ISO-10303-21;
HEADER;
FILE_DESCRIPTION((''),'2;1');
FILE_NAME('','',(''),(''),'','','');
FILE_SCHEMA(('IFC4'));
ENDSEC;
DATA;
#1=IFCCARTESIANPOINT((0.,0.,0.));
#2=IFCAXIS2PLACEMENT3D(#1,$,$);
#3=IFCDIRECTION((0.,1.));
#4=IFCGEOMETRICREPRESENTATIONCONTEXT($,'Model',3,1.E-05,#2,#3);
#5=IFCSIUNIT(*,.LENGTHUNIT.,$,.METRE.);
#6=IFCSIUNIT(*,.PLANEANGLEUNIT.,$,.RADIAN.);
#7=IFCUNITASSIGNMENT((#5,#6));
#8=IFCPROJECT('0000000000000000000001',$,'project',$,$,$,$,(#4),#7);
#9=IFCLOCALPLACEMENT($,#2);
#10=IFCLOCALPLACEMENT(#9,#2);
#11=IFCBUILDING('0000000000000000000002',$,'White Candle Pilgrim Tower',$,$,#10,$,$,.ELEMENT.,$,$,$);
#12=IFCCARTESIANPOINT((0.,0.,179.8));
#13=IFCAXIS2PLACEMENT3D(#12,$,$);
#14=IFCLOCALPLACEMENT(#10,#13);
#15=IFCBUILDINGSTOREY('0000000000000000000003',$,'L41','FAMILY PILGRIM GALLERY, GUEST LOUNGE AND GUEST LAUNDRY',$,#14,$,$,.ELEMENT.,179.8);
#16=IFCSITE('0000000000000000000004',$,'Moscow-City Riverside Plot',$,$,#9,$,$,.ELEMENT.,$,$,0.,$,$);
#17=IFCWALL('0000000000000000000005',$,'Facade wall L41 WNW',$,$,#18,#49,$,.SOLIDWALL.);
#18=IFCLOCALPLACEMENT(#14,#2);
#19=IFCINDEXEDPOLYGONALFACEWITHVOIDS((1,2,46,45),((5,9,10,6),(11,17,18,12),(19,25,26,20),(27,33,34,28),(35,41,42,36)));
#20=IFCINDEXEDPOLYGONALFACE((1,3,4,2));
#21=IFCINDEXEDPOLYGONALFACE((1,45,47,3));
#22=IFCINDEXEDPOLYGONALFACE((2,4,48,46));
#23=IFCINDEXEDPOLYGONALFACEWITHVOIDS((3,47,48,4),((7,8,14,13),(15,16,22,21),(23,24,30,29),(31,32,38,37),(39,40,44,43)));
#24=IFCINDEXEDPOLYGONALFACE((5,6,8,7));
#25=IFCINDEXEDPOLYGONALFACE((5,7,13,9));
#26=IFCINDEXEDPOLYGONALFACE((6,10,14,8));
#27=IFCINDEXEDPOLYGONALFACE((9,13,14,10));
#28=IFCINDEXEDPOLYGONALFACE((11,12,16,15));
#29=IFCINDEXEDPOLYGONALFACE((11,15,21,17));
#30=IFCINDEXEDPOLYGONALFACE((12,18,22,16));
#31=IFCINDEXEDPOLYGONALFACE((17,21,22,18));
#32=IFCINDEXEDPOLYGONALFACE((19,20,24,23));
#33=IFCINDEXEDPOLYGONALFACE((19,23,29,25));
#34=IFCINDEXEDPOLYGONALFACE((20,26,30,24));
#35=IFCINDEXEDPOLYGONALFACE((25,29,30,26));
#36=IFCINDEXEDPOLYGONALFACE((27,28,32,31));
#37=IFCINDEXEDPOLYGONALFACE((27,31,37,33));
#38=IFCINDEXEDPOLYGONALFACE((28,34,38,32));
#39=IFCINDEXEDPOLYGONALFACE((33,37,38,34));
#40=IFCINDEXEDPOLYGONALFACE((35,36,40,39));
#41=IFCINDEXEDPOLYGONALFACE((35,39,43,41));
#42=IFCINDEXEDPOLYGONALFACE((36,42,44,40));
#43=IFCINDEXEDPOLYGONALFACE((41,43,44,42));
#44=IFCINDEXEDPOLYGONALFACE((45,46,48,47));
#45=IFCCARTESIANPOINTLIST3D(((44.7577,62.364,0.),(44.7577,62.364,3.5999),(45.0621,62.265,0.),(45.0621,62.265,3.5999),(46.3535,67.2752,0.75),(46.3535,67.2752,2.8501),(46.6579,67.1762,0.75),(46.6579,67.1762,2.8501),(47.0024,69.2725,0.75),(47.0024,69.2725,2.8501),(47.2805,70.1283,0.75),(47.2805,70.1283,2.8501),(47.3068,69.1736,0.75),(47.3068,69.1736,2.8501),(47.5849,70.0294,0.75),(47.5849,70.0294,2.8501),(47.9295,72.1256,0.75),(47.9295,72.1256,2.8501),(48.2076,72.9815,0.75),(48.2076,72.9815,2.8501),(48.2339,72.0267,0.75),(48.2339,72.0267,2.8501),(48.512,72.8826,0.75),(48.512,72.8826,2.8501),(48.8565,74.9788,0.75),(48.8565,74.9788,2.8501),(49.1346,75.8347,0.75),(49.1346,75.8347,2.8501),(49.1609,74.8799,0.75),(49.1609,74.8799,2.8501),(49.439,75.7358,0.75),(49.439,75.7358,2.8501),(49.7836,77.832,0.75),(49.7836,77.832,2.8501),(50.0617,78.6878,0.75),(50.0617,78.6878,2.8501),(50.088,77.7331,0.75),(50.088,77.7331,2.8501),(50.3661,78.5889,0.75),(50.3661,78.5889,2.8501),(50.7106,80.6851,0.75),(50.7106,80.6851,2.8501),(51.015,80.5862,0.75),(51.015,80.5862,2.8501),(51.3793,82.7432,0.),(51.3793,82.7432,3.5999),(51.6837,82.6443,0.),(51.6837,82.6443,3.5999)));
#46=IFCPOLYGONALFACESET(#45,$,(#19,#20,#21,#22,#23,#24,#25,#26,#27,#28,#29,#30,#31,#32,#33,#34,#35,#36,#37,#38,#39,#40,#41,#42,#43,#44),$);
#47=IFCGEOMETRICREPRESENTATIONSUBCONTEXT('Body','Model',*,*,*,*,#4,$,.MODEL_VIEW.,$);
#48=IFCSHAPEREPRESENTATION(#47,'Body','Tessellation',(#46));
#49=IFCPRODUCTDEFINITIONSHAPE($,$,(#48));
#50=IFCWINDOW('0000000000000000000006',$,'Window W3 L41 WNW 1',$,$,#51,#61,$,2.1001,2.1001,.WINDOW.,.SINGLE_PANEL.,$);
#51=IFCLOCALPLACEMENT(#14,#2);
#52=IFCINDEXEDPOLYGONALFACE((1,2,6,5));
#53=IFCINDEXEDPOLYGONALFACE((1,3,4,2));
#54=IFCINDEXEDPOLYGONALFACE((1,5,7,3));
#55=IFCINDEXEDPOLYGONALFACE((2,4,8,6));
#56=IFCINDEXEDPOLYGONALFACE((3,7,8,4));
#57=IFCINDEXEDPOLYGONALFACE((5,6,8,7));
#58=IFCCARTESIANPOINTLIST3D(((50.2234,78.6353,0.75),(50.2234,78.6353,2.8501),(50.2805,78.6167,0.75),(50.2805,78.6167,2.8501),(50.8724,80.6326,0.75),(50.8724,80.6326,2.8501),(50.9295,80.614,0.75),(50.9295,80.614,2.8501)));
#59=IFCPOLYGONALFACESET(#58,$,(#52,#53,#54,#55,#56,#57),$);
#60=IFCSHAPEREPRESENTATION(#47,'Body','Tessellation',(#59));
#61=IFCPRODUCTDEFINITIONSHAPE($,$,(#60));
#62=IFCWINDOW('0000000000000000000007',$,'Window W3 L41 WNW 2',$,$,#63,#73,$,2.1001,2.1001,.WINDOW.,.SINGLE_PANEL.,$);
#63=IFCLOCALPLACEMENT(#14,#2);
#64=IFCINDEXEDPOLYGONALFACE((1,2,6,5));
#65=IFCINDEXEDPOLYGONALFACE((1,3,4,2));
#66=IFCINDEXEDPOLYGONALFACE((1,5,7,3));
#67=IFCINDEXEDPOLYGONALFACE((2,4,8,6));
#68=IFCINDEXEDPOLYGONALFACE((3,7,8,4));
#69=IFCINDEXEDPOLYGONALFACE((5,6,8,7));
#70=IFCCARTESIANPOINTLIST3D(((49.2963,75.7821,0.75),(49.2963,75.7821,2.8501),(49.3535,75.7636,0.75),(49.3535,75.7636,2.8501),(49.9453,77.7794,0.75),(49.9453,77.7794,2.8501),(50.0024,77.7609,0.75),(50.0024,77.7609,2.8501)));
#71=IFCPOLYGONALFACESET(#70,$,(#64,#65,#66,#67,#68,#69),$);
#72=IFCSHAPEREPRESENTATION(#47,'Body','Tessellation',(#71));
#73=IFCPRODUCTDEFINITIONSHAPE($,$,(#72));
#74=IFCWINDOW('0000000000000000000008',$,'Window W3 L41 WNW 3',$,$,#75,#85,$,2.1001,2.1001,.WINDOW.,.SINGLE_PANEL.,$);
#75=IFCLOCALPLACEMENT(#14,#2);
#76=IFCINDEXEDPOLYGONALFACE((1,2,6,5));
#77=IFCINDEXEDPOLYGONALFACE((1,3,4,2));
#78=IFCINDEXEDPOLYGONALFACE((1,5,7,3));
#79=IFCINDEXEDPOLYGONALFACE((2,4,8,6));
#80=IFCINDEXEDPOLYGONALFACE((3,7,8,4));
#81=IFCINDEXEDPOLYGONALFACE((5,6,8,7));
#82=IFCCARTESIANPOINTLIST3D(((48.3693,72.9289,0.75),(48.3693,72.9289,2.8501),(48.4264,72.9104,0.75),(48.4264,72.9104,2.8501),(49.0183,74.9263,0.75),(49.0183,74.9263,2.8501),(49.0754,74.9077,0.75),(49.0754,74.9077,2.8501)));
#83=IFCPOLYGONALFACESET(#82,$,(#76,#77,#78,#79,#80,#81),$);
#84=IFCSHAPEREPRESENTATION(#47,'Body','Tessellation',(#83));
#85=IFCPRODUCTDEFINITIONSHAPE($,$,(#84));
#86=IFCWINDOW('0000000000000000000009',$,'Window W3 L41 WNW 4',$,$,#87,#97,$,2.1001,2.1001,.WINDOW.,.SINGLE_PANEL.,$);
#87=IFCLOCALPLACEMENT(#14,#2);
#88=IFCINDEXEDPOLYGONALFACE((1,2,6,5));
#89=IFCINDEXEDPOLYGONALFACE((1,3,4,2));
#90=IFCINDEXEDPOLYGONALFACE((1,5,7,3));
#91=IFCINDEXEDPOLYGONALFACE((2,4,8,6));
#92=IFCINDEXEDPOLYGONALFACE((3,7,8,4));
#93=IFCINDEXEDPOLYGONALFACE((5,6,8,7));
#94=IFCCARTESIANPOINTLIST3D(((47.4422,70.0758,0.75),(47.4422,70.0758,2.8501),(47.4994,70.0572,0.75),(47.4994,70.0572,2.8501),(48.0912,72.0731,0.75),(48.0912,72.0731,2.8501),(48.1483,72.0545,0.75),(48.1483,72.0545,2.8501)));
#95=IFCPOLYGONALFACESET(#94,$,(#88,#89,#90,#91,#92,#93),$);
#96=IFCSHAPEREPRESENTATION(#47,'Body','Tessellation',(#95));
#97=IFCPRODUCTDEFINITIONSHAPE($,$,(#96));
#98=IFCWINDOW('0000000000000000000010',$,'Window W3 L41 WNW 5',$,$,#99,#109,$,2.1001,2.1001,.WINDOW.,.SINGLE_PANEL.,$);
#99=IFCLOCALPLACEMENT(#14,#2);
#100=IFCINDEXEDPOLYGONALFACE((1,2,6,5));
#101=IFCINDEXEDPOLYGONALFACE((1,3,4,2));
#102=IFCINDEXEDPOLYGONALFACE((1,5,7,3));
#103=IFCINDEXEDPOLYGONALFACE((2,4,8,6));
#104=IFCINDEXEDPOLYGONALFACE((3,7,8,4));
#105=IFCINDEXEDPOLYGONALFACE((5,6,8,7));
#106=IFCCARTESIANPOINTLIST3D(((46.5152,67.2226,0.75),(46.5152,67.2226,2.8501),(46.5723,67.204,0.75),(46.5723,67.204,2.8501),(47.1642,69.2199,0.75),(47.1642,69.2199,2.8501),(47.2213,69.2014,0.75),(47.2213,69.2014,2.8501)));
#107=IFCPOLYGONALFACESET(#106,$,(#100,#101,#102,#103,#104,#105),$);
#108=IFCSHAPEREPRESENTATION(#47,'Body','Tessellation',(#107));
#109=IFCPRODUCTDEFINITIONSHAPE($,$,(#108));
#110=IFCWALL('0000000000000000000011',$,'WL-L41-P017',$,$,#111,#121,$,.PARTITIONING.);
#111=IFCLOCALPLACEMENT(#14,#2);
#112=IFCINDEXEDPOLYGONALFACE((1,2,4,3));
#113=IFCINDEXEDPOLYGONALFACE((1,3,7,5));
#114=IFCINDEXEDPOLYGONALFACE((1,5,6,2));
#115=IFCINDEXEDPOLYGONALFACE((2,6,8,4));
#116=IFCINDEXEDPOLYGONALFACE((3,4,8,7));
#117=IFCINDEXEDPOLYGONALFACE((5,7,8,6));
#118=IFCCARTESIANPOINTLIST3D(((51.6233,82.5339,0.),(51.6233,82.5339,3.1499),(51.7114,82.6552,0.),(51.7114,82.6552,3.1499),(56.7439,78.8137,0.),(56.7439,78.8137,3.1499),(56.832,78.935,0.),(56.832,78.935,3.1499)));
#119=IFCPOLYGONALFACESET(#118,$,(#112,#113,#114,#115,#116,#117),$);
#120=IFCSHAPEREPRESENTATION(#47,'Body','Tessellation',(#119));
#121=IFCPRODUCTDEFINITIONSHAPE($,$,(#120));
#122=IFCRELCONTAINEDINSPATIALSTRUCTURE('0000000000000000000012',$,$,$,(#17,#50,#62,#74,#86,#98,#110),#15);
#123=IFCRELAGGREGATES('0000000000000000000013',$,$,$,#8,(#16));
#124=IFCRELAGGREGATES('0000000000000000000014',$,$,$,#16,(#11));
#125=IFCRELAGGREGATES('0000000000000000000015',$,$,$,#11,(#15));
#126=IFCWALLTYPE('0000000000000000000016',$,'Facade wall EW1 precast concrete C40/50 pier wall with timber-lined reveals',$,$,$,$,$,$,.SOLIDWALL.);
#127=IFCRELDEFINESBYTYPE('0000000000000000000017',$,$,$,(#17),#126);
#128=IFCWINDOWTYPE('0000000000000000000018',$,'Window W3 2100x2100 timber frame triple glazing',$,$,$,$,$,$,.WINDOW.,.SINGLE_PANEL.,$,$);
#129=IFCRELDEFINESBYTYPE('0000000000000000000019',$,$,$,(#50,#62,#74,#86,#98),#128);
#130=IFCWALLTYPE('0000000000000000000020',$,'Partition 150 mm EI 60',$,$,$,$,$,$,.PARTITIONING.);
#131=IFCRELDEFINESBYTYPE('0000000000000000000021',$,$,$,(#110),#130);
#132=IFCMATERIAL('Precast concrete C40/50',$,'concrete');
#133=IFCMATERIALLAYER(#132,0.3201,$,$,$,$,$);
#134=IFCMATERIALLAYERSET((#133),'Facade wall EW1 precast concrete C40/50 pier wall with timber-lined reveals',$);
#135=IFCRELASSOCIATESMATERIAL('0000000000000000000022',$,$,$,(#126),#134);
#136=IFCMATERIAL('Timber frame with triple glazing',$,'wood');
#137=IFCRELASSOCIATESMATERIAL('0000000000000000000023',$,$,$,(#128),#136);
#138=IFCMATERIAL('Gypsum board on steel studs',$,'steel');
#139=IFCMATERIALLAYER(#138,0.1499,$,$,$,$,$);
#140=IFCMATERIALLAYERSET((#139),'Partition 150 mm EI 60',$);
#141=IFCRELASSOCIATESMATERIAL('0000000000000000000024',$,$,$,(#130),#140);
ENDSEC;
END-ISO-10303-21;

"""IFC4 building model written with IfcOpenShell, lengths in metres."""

from ifc_helpers import new_model, si_unit, direction, frame, frame_2d, origin, place, context, subcontext, project, spatial, rectangle, extrude, material, layer, layer_set, type_object, element, fill, save


model = new_model("IFC4")

# Units and contexts
model_context = context("Model", 3, precision=1e-05, world=origin(), true_north=direction((0.0, 1.0)))
body_context = subcontext(model_context, "Body", "Model", "MODEL_VIEW")
ifc_project = project(units=[si_unit("LENGTHUNIT", "METRE"), si_unit("PLANEANGLEUNIT", "RADIAN")], contexts=[model_context])

# Site, building, storey
site_placement = place(None, origin())
site = spatial("IfcSite", under=ifc_project, at=site_placement, Name="Moscow-City Riverside Plot", CompositionType="ELEMENT", RefElevation=0.0)
building_placement = place(site_placement, origin())
building = spatial("IfcBuilding", under=site, at=building_placement, Name="White Candle Pilgrim Tower", CompositionType="ELEMENT")
storey_placement = place(building_placement, frame((0.0, 0.0, 179.8)))
storey = spatial("IfcBuildingStorey", under=building, at=storey_placement, Name="L41", Description="FAMILY PILGRIM GALLERY, GUEST LOUNGE AND GUEST LAUNDRY", CompositionType="ELEMENT", Elevation=179.8)

# Shared definitions
ifc_material_1 = material(Name="Precast concrete C40/50", Category="concrete")
ifc_layer_1 = layer(ifc_material_1, 0.3201)
ifc_layer_set_1 = layer_set([ifc_layer_1], Name="Facade wall EW1 precast concrete C40/50 pier wall with timber-lined reveals")
wall_type_1 = type_object("IfcWallType", Name="Facade wall EW1 precast concrete C40/50 pier wall with timber-lined reveals", PredefinedType="SOLIDWALL", material=ifc_layer_set_1)

# Wall, openings, windows
ifc_material_2 = material(Name="Timber frame with triple glazing", Category="wood")
wall_1_placement = place(storey_placement, frame((51.5315, 82.6936, 0.0), z_axis=(0.0, 0.0, 1.0), x_axis=(-0.309017, -0.951057, 0.0)))
wall_1 = element("IfcWall", 1, at=wall_1_placement, inside=storey, type_object=wall_type_1, Name="Facade wall L41 WNW", PredefinedType="SOLIDWALL", context=body_context, shape_type="SweptSolid", body=[
    extrude(rectangle(XDim=21.428, YDim=0.3201, at=frame_2d((10.7139, 0.0))), origin(), (0.0, 0.0, 1.0), 3.5999),
])
opening_1_placement = place(wall_1_placement, frame((2.1638, 0.0, 0.75)))
opening_1 = element("IfcOpeningElement", 2, at=opening_1_placement, cuts=wall_1, PredefinedType="OPENING", context=body_context, shape_type="SweptSolid", body=[
    extrude(rectangle(XDim=2.1001, YDim=2.1001, at=frame_2d((1.05, 1.05))), frame((0.0, 0.1699, 0.0), z_axis=(0.0, -1.0, 0.0), x_axis=(1.0, 0.0, 0.0)), (0.0, 0.0, 1.0), 0.3401),
])
opening_2_placement = place(wall_1_placement, frame((5.1638, 0.0, 0.75)))
opening_2 = element("IfcOpeningElement", 3, at=opening_2_placement, cuts=wall_1, PredefinedType="OPENING", context=body_context, shape_type="SweptSolid", body=[
    extrude(rectangle(XDim=2.1001, YDim=2.1001, at=frame_2d((1.05, 1.05))), frame((0.0, 0.1699, 0.0), z_axis=(0.0, -1.0, 0.0), x_axis=(1.0, 0.0, 0.0)), (0.0, 0.0, 1.0), 0.3401),
])
opening_3_placement = place(wall_1_placement, frame((8.1638, 0.0, 0.75)))
opening_3 = element("IfcOpeningElement", 4, at=opening_3_placement, cuts=wall_1, PredefinedType="OPENING", context=body_context, shape_type="SweptSolid", body=[
    extrude(rectangle(XDim=2.1001, YDim=2.1001, at=frame_2d((1.05, 1.05))), frame((0.0, 0.1699, 0.0), z_axis=(0.0, -1.0, 0.0), x_axis=(1.0, 0.0, 0.0)), (0.0, 0.0, 1.0), 0.3401),
])
opening_4_placement = place(wall_1_placement, frame((11.1638, 0.0, 0.75)))
opening_4 = element("IfcOpeningElement", 5, at=opening_4_placement, cuts=wall_1, PredefinedType="OPENING", context=body_context, shape_type="SweptSolid", body=[
    extrude(rectangle(XDim=2.1001, YDim=2.1001, at=frame_2d((1.05, 1.05))), frame((0.0, 0.1699, 0.0), z_axis=(0.0, -1.0, 0.0), x_axis=(1.0, 0.0, 0.0)), (0.0, 0.0, 1.0), 0.3401),
])
opening_5_placement = place(wall_1_placement, frame((14.1638, 0.0, 0.75)))
opening_5 = element("IfcOpeningElement", 6, at=opening_5_placement, cuts=wall_1, PredefinedType="OPENING", context=body_context, shape_type="SweptSolid", body=[
    extrude(rectangle(XDim=2.1001, YDim=2.1001, at=frame_2d((1.05, 1.05))), frame((0.0, 0.1699, 0.0), z_axis=(0.0, -1.0, 0.0), x_axis=(1.0, 0.0, 0.0)), (0.0, 0.0, 1.0), 0.3401),
])
window_type_1 = type_object("IfcWindowType", Name="Window W3 2100x2100 timber frame triple glazing", PartitioningType="SINGLE_PANEL", PredefinedType="WINDOW", material=ifc_material_2)
window_1_placement = place(opening_1_placement, origin())
window_1 = element("IfcWindow", 7, at=window_1_placement, inside=storey, type_object=window_type_1, Name="Window W3 L41 WNW 1", OverallHeight=2.1001, OverallWidth=2.1001, PartitioningType="SINGLE_PANEL", PredefinedType="WINDOW", context=body_context, shape_type="SweptSolid", body=[
    extrude(rectangle(XDim=2.1001, YDim=2.1001, at=frame_2d((1.05, 1.05))), frame((0.0, 0.0701, 0.0), z_axis=(0.0, -1.0, 0.0), x_axis=(1.0, 0.0, 0.0)), (0.0, 0.0, 1.0), 0.0601),
])
fill(opening_1, window_1)
window_2_placement = place(opening_2_placement, origin())
window_2 = element("IfcWindow", 8, at=window_2_placement, inside=storey, type_object=window_type_1, Name="Window W3 L41 WNW 2", OverallHeight=2.1001, OverallWidth=2.1001, PartitioningType="SINGLE_PANEL", PredefinedType="WINDOW", context=body_context, shape_type="SweptSolid", body=[
    extrude(rectangle(XDim=2.1001, YDim=2.1001, at=frame_2d((1.05, 1.05))), frame((0.0, 0.0701, 0.0), z_axis=(0.0, -1.0, 0.0), x_axis=(1.0, 0.0, 0.0)), (0.0, 0.0, 1.0), 0.0601),
])
fill(opening_2, window_2)
window_3_placement = place(opening_3_placement, origin())
window_3 = element("IfcWindow", 9, at=window_3_placement, inside=storey, type_object=window_type_1, Name="Window W3 L41 WNW 3", OverallHeight=2.1001, OverallWidth=2.1001, PartitioningType="SINGLE_PANEL", PredefinedType="WINDOW", context=body_context, shape_type="SweptSolid", body=[
    extrude(rectangle(XDim=2.1001, YDim=2.1001, at=frame_2d((1.05, 1.05))), frame((0.0, 0.0701, 0.0), z_axis=(0.0, -1.0, 0.0), x_axis=(1.0, 0.0, 0.0)), (0.0, 0.0, 1.0), 0.0601),
])
fill(opening_3, window_3)
window_4_placement = place(opening_4_placement, origin())
window_4 = element("IfcWindow", 10, at=window_4_placement, inside=storey, type_object=window_type_1, Name="Window W3 L41 WNW 4", OverallHeight=2.1001, OverallWidth=2.1001, PartitioningType="SINGLE_PANEL", PredefinedType="WINDOW", context=body_context, shape_type="SweptSolid", body=[
    extrude(rectangle(XDim=2.1001, YDim=2.1001, at=frame_2d((1.05, 1.05))), frame((0.0, 0.0701, 0.0), z_axis=(0.0, -1.0, 0.0), x_axis=(1.0, 0.0, 0.0)), (0.0, 0.0, 1.0), 0.0601),
])
fill(opening_4, window_4)
window_5_placement = place(opening_5_placement, origin())
window_5 = element("IfcWindow", 11, at=window_5_placement, inside=storey, type_object=window_type_1, Name="Window W3 L41 WNW 5", OverallHeight=2.1001, OverallWidth=2.1001, PartitioningType="SINGLE_PANEL", PredefinedType="WINDOW", context=body_context, shape_type="SweptSolid", body=[
    extrude(rectangle(XDim=2.1001, YDim=2.1001, at=frame_2d((1.05, 1.05))), frame((0.0, 0.0701, 0.0), z_axis=(0.0, -1.0, 0.0), x_axis=(1.0, 0.0, 0.0)), (0.0, 0.0, 1.0), 0.0601),
])
fill(opening_5, window_5)

# Wall
ifc_material_3 = material(Name="Gypsum board on steel studs", Category="steel")
ifc_layer_2 = layer(ifc_material_3, 0.1499)
ifc_layer_set_2 = layer_set([ifc_layer_2], Name="Partition 150 mm EI 60")
wall_type_2 = type_object("IfcWallType", Name="Partition 150 mm EI 60", PredefinedType="PARTITIONING", material=ifc_layer_set_2)
wall_2_placement = place(storey_placement, frame((51.6675, 82.5945, 0.0), z_axis=(0.0, 0.0, 1.0), x_axis=(0.809026, -0.587773, 0.0)))
element("IfcWall", 12, at=wall_2_placement, inside=storey, type_object=wall_type_2, Name="WL-L41-P017", PredefinedType="PARTITIONING", context=body_context, shape_type="SweptSolid", body=[
    extrude(rectangle(XDim=6.3293, YDim=0.1499, at=frame_2d((3.1646, 0.0))), origin(), (0.0, 0.0, 1.0), 3.1499),
])

save(model, "model.ifc")
